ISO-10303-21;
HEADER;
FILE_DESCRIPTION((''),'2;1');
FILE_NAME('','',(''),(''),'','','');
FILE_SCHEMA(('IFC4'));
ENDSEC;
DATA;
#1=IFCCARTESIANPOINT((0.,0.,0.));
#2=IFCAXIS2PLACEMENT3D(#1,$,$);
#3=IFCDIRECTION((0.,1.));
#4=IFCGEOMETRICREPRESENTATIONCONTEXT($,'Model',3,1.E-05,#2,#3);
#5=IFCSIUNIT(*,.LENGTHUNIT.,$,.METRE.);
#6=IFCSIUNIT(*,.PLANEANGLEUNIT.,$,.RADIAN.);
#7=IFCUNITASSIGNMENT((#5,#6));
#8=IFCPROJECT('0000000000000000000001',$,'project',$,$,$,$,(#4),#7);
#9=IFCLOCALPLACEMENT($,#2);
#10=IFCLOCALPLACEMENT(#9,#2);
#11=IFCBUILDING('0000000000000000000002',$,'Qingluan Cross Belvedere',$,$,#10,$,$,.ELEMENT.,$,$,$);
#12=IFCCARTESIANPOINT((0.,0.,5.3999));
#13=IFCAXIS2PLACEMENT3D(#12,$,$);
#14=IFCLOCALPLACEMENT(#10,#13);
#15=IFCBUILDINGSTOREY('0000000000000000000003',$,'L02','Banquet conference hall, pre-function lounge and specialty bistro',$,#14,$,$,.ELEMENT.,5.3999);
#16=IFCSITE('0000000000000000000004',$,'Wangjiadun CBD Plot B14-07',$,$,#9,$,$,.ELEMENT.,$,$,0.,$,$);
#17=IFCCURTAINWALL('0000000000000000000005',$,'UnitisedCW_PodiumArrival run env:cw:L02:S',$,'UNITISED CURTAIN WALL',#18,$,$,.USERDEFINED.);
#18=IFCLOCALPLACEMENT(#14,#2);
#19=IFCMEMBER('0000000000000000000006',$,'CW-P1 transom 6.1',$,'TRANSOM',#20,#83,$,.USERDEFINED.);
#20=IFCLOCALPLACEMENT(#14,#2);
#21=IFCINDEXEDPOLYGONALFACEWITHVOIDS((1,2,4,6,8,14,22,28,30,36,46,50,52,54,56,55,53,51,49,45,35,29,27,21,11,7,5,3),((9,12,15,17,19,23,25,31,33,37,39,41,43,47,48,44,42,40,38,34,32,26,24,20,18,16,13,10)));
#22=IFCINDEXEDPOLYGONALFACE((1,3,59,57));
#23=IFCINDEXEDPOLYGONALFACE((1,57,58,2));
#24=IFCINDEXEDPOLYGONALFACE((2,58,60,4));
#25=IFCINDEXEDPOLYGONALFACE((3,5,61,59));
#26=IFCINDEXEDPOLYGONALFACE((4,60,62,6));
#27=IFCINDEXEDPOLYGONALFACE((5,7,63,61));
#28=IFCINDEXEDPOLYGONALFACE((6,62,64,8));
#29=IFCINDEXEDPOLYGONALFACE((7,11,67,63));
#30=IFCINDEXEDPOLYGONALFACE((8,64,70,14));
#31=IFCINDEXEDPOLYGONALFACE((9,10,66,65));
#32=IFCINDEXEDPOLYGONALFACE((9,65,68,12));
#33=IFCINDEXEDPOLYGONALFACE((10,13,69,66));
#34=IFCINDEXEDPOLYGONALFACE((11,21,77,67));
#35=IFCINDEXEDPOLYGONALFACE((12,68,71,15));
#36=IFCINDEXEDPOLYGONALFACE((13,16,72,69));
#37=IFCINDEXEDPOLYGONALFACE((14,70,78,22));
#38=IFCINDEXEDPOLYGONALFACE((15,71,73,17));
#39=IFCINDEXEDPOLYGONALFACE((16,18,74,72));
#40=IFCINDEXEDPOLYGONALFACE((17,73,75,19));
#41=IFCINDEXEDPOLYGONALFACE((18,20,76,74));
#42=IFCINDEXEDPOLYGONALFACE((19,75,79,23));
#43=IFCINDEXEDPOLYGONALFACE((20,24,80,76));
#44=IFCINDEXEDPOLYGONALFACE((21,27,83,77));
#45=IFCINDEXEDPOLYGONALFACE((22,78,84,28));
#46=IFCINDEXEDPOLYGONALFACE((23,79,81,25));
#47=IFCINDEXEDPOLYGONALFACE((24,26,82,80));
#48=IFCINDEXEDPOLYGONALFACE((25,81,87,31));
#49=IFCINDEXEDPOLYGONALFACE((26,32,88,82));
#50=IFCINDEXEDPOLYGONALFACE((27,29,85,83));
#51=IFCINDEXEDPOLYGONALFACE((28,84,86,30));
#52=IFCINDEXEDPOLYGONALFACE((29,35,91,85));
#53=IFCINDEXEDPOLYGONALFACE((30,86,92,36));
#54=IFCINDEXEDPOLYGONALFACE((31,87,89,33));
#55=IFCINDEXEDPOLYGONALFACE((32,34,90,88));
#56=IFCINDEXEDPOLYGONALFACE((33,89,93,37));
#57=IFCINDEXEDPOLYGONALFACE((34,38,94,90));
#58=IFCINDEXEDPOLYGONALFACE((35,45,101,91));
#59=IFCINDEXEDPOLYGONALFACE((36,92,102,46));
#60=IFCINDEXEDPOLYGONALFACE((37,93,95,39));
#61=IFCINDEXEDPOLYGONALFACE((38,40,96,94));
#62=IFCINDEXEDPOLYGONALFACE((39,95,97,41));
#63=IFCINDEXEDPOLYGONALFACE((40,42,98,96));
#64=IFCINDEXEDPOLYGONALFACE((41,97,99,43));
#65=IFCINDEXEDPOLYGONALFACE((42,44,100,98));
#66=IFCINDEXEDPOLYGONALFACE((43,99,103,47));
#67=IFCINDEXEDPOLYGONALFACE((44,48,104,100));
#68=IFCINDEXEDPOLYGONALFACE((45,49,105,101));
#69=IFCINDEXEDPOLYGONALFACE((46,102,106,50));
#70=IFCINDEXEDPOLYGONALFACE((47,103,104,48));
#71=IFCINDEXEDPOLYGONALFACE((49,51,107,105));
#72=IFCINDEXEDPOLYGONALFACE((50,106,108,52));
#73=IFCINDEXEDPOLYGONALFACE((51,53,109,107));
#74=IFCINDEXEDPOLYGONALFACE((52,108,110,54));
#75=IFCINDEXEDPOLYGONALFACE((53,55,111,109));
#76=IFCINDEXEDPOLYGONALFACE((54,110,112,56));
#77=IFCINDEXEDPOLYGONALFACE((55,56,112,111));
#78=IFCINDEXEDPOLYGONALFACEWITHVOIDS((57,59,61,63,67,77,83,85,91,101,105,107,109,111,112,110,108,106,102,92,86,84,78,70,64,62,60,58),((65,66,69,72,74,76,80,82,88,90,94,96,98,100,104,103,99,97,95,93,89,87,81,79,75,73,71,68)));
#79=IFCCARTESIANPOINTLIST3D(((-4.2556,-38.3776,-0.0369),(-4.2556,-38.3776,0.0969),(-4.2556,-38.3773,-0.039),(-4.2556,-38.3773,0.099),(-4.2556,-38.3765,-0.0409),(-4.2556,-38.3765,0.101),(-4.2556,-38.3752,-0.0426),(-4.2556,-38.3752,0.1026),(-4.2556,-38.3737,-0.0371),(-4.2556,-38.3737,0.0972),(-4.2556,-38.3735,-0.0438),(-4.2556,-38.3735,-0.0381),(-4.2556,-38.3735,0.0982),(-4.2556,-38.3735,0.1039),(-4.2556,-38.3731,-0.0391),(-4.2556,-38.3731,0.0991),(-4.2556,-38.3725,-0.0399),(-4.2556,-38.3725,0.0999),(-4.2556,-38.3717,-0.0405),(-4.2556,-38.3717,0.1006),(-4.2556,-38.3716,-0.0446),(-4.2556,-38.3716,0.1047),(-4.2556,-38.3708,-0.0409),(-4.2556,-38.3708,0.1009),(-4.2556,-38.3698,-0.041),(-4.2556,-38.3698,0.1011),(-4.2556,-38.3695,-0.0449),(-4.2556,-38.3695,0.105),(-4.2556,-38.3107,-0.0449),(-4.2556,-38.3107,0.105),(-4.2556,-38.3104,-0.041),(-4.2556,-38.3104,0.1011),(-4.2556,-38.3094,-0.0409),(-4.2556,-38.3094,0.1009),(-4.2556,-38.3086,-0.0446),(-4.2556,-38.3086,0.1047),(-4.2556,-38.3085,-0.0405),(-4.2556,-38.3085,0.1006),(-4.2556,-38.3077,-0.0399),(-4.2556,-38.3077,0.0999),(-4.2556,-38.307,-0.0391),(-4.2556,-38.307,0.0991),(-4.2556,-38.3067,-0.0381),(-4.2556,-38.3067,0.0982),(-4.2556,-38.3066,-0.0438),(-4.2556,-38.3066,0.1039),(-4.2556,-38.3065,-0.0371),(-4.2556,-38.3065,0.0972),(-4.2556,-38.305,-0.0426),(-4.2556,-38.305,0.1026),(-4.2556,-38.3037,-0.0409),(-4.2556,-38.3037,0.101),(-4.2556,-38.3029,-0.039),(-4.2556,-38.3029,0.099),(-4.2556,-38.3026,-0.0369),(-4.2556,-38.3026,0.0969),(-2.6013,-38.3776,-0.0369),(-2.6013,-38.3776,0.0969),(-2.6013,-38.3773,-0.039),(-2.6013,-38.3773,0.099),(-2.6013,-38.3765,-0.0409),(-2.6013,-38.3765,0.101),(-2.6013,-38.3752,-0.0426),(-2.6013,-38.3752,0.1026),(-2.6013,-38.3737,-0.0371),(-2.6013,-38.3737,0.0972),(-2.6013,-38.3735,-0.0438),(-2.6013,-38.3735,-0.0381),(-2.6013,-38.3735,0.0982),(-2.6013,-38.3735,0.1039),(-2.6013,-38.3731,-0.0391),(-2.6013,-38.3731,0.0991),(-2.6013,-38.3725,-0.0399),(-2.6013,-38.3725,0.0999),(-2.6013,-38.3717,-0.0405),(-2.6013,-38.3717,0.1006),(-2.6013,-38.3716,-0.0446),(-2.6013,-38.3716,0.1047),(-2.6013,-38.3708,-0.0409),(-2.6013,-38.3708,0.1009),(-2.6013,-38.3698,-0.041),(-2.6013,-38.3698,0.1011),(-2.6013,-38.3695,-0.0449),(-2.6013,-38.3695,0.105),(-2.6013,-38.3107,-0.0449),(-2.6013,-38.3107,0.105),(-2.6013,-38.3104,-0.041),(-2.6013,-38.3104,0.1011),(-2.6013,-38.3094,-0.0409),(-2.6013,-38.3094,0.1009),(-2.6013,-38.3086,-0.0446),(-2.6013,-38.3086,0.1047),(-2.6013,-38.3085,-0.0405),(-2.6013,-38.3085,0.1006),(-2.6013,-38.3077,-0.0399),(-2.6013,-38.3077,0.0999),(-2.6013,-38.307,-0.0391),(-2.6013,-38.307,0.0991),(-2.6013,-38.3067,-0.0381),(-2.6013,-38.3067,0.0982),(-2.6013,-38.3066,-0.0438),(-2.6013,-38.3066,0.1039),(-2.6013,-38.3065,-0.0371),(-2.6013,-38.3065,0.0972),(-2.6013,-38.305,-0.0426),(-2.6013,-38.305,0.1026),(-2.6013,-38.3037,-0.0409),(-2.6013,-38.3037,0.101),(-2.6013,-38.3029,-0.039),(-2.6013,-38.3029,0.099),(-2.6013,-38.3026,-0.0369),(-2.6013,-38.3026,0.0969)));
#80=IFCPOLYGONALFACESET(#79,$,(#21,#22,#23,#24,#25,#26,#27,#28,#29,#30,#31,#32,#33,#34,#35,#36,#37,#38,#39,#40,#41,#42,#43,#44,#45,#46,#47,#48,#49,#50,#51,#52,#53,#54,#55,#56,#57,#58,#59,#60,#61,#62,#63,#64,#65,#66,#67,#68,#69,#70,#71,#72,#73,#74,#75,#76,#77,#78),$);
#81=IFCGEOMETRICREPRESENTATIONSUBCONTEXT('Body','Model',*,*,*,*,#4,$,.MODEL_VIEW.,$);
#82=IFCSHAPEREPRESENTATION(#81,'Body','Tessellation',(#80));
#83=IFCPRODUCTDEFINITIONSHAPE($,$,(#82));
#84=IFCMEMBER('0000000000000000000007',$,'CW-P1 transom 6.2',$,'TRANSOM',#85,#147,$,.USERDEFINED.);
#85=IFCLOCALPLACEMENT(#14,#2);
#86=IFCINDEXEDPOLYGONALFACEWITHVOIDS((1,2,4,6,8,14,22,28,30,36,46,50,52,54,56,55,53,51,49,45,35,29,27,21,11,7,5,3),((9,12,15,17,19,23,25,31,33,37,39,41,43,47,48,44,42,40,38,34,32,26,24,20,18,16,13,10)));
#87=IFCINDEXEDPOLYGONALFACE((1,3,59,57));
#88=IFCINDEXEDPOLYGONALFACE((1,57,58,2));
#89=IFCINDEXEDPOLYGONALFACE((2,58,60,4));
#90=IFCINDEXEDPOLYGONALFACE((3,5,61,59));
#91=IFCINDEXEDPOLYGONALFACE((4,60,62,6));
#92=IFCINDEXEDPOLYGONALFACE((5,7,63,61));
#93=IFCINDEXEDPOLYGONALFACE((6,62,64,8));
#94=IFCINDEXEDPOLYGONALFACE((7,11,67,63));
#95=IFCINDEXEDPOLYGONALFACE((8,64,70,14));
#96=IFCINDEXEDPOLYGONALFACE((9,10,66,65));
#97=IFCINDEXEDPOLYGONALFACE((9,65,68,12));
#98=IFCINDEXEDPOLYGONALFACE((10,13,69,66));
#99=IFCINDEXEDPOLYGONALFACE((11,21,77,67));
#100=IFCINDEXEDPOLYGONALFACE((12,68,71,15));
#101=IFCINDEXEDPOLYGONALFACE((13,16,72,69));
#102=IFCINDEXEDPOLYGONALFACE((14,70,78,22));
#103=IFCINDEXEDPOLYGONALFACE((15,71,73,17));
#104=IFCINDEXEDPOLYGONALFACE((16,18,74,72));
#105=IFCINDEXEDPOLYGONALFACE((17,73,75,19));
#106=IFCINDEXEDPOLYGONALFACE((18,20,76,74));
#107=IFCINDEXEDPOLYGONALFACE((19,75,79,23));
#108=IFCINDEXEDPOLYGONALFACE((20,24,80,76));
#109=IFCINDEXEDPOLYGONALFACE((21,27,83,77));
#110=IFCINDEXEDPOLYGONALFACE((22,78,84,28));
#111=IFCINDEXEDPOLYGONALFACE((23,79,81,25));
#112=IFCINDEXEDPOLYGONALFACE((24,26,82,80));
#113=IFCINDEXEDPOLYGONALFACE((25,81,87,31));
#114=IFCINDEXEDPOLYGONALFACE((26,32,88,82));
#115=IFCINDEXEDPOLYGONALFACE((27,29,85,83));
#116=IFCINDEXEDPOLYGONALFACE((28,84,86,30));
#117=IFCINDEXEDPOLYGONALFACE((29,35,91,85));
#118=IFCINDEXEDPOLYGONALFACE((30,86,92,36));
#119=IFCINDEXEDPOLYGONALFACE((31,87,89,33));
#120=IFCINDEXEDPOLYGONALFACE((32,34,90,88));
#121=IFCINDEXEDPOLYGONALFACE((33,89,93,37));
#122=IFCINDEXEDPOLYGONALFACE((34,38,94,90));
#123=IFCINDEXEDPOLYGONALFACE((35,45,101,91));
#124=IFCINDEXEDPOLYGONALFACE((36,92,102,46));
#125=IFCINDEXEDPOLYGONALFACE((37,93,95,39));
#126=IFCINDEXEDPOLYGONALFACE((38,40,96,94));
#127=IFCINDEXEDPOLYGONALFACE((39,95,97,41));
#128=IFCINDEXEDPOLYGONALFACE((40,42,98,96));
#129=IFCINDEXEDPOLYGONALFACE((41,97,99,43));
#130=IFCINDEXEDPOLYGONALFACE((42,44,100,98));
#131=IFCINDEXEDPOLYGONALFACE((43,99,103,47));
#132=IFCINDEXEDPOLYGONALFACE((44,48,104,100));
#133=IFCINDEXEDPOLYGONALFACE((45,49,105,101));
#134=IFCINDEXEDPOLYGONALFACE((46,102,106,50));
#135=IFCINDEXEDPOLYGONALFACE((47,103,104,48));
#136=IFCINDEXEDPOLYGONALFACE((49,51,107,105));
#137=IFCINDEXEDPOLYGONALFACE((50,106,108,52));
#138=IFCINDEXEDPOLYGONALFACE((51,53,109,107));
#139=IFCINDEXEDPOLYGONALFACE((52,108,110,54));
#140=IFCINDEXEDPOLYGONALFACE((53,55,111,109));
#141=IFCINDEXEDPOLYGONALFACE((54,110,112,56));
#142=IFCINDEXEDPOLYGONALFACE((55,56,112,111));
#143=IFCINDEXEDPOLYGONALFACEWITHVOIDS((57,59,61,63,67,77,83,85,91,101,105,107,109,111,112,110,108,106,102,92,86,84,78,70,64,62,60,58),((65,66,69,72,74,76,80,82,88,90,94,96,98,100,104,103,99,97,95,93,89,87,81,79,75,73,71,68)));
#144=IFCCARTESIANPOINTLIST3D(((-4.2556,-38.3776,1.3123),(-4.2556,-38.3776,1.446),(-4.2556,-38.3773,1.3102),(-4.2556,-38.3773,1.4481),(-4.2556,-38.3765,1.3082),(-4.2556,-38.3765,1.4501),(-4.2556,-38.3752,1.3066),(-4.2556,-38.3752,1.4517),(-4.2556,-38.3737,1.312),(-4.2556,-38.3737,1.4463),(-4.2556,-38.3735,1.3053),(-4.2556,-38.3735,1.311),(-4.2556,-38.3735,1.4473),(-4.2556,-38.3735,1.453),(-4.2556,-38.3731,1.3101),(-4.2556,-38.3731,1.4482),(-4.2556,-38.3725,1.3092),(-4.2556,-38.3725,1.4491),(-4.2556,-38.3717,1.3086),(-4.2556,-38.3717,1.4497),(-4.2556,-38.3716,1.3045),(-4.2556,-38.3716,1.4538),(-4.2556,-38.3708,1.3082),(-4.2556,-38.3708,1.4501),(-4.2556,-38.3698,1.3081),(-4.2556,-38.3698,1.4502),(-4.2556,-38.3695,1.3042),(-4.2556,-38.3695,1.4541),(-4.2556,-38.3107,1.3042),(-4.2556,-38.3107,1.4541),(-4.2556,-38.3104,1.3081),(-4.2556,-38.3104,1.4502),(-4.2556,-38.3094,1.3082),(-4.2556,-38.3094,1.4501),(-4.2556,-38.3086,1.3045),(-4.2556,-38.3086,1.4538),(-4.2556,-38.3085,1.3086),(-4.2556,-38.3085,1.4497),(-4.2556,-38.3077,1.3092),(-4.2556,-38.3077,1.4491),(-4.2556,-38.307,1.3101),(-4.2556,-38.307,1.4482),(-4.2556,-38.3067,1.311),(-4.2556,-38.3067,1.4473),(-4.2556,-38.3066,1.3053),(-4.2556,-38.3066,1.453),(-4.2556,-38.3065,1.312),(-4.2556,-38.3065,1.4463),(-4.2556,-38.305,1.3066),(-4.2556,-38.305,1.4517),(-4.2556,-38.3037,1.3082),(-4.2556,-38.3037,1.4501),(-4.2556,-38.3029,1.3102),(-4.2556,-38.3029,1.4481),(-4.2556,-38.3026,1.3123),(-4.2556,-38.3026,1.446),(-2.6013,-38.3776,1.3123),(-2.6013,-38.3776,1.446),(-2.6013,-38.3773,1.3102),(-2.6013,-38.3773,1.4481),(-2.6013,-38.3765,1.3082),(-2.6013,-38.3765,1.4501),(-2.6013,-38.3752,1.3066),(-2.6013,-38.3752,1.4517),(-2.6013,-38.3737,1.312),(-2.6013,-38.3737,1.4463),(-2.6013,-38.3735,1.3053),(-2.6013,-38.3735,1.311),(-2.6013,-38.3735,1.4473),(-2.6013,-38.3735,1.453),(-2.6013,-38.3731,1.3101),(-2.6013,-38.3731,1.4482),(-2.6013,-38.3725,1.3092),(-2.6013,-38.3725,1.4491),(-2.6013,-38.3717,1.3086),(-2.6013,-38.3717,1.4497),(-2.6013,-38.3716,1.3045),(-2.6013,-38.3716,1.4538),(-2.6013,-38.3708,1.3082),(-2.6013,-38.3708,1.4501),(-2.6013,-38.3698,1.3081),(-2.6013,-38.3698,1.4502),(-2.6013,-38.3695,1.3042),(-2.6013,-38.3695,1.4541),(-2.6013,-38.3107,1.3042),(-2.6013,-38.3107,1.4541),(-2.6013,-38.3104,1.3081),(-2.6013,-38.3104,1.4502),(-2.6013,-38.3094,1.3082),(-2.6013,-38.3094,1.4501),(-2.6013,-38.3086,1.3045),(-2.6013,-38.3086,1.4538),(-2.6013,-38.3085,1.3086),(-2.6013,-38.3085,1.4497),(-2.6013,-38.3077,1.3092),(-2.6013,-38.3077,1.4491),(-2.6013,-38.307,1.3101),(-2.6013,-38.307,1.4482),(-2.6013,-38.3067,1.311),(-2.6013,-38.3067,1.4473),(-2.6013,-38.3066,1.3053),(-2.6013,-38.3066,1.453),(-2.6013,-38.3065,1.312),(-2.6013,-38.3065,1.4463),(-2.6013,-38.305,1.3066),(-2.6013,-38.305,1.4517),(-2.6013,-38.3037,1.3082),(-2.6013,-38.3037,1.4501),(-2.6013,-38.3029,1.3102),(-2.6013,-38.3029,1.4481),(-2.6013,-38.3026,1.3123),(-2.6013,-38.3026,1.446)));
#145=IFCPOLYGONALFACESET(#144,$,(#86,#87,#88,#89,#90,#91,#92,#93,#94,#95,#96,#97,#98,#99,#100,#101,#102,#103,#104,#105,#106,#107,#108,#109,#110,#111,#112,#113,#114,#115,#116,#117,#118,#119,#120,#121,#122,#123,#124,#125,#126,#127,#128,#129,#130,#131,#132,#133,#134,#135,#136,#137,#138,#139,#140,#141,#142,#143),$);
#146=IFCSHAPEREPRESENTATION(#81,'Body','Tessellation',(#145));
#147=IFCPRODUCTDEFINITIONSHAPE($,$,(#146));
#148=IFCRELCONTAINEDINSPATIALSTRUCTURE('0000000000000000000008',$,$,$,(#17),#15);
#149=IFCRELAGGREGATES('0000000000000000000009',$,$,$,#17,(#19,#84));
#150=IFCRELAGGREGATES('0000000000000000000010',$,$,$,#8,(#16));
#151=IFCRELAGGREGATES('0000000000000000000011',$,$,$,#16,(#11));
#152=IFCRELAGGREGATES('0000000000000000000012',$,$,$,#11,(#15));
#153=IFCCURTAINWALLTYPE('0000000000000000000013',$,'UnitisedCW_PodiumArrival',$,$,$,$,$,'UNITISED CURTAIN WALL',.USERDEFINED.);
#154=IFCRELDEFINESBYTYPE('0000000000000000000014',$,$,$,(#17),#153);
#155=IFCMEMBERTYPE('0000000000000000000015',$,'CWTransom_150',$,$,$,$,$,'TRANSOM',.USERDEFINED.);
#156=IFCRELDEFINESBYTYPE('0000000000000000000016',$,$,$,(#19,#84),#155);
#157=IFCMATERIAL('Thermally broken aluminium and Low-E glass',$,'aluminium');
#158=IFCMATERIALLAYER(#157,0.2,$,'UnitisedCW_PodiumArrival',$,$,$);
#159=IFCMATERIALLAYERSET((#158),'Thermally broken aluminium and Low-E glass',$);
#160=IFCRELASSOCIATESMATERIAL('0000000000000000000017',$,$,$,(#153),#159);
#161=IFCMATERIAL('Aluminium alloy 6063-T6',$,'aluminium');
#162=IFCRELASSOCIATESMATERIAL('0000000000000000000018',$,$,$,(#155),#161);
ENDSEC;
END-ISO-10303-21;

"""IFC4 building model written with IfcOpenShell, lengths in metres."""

from ifc_helpers import new_model, si_unit, direction, frame, origin, origin_2d, place, context, subcontext, project, spatial, hollow_rectangle, extrude, material, layer, layer_set, material_profile, profile_set, type_object, element, aggregate, save


model = new_model("IFC4")

# Units and contexts
model_context = context("Model", 3, precision=1e-05, world=origin(), true_north=direction((0.0, 1.0)))
body_context = subcontext(model_context, "Body", "Model", "MODEL_VIEW")
ifc_project = project(units=[si_unit("LENGTHUNIT", "METRE"), si_unit("PLANEANGLEUNIT", "RADIAN")], contexts=[model_context])

# Site, building, storey
site_placement = place(None, origin())
site = spatial("IfcSite", under=ifc_project, at=site_placement, Name="Wangjiadun CBD Plot B14-07", CompositionType="ELEMENT", RefElevation=0.0)
building_placement = place(site_placement, origin())
building = spatial("IfcBuilding", under=site, at=building_placement, Name="Qingluan Cross Belvedere", CompositionType="ELEMENT")
storey_placement = place(building_placement, frame((0.0, 0.0, 5.3999)))
storey = spatial("IfcBuildingStorey", under=building, at=storey_placement, Name="L02", Description="Banquet conference hall, pre-function lounge and specialty bistro", CompositionType="ELEMENT", Elevation=5.3999)

# Curtain wall, members
ifc_material_1 = material(Name="Thermally broken aluminium and Low-E glass", Category="aluminium")
ifc_layer_1 = layer(ifc_material_1, 0.2, Name="UnitisedCW_PodiumArrival")
ifc_layer_set_1 = layer_set([ifc_layer_1], Name="Thermally broken aluminium and Low-E glass")
curtain_wall_type = type_object("IfcCurtainWallType", Name="UnitisedCW_PodiumArrival", ElementType="UNITISED CURTAIN WALL", PredefinedType="USERDEFINED", material=ifc_layer_set_1)
curtain_wall_placement = place(storey_placement, origin())
curtain_wall = element("IfcCurtainWall", 1, at=curtain_wall_placement, inside=storey, type_object=curtain_wall_type, Name="UnitisedCW_PodiumArrival run env:cw:L02:S", ObjectType="UNITISED CURTAIN WALL", PredefinedType="USERDEFINED")
ifc_material_2 = material(Name="Aluminium alloy 6063-T6", Category="aluminium")
ifc_material_profile_1 = material_profile(ifc_material_2, hollow_rectangle(XDim=0.075, YDim=0.1499, WallThickness=0.0039, InnerFilletRadius=0.0039, OuterFilletRadius=0.0081, at=origin_2d()), Name="CWT150x75x4")
ifc_profile_set_1 = profile_set([ifc_material_profile_1], Name="Aluminium alloy 6063-T6")
member_type_1 = type_object("IfcMemberType", Name="CWTransom_150", ElementType="TRANSOM", PredefinedType="USERDEFINED", material=ifc_profile_set_1)
member_1_placement = place(storey_placement, frame((-2.6013, -38.3401, 0.03), z_axis=(-1.0, 0.0, 0.0), x_axis=(0.0, -1.0, 0.0)))
member_1 = element("IfcMember", 2, at=member_1_placement, type_object=member_type_1, Name="CW-P1 transom 6.1", ObjectType="TRANSOM", PredefinedType="USERDEFINED", context=body_context, shape_type="SweptSolid", body=[
    extrude(hollow_rectangle(XDim=0.075, YDim=0.1499, WallThickness=0.0039, InnerFilletRadius=0.0039, OuterFilletRadius=0.0081, at=origin_2d()), origin(), (0.0, 0.0, 1.0), 1.6543),
])
member_2_placement = place(storey_placement, frame((-2.6013, -38.3401, 1.3792), z_axis=(-1.0, 0.0, 0.0), x_axis=(0.0, -1.0, 0.0)))
member_2 = element("IfcMember", 3, at=member_2_placement, type_object=member_type_1, Name="CW-P1 transom 6.2", ObjectType="TRANSOM", PredefinedType="USERDEFINED", context=body_context, shape_type="SweptSolid", body=[
    extrude(hollow_rectangle(XDim=0.075, YDim=0.1499, WallThickness=0.0039, InnerFilletRadius=0.0039, OuterFilletRadius=0.0081, at=origin_2d()), origin(), (0.0, 0.0, 1.0), 1.6543),
])

aggregate(curtain_wall, [member_1, member_2])

save(model, "model.ifc")
